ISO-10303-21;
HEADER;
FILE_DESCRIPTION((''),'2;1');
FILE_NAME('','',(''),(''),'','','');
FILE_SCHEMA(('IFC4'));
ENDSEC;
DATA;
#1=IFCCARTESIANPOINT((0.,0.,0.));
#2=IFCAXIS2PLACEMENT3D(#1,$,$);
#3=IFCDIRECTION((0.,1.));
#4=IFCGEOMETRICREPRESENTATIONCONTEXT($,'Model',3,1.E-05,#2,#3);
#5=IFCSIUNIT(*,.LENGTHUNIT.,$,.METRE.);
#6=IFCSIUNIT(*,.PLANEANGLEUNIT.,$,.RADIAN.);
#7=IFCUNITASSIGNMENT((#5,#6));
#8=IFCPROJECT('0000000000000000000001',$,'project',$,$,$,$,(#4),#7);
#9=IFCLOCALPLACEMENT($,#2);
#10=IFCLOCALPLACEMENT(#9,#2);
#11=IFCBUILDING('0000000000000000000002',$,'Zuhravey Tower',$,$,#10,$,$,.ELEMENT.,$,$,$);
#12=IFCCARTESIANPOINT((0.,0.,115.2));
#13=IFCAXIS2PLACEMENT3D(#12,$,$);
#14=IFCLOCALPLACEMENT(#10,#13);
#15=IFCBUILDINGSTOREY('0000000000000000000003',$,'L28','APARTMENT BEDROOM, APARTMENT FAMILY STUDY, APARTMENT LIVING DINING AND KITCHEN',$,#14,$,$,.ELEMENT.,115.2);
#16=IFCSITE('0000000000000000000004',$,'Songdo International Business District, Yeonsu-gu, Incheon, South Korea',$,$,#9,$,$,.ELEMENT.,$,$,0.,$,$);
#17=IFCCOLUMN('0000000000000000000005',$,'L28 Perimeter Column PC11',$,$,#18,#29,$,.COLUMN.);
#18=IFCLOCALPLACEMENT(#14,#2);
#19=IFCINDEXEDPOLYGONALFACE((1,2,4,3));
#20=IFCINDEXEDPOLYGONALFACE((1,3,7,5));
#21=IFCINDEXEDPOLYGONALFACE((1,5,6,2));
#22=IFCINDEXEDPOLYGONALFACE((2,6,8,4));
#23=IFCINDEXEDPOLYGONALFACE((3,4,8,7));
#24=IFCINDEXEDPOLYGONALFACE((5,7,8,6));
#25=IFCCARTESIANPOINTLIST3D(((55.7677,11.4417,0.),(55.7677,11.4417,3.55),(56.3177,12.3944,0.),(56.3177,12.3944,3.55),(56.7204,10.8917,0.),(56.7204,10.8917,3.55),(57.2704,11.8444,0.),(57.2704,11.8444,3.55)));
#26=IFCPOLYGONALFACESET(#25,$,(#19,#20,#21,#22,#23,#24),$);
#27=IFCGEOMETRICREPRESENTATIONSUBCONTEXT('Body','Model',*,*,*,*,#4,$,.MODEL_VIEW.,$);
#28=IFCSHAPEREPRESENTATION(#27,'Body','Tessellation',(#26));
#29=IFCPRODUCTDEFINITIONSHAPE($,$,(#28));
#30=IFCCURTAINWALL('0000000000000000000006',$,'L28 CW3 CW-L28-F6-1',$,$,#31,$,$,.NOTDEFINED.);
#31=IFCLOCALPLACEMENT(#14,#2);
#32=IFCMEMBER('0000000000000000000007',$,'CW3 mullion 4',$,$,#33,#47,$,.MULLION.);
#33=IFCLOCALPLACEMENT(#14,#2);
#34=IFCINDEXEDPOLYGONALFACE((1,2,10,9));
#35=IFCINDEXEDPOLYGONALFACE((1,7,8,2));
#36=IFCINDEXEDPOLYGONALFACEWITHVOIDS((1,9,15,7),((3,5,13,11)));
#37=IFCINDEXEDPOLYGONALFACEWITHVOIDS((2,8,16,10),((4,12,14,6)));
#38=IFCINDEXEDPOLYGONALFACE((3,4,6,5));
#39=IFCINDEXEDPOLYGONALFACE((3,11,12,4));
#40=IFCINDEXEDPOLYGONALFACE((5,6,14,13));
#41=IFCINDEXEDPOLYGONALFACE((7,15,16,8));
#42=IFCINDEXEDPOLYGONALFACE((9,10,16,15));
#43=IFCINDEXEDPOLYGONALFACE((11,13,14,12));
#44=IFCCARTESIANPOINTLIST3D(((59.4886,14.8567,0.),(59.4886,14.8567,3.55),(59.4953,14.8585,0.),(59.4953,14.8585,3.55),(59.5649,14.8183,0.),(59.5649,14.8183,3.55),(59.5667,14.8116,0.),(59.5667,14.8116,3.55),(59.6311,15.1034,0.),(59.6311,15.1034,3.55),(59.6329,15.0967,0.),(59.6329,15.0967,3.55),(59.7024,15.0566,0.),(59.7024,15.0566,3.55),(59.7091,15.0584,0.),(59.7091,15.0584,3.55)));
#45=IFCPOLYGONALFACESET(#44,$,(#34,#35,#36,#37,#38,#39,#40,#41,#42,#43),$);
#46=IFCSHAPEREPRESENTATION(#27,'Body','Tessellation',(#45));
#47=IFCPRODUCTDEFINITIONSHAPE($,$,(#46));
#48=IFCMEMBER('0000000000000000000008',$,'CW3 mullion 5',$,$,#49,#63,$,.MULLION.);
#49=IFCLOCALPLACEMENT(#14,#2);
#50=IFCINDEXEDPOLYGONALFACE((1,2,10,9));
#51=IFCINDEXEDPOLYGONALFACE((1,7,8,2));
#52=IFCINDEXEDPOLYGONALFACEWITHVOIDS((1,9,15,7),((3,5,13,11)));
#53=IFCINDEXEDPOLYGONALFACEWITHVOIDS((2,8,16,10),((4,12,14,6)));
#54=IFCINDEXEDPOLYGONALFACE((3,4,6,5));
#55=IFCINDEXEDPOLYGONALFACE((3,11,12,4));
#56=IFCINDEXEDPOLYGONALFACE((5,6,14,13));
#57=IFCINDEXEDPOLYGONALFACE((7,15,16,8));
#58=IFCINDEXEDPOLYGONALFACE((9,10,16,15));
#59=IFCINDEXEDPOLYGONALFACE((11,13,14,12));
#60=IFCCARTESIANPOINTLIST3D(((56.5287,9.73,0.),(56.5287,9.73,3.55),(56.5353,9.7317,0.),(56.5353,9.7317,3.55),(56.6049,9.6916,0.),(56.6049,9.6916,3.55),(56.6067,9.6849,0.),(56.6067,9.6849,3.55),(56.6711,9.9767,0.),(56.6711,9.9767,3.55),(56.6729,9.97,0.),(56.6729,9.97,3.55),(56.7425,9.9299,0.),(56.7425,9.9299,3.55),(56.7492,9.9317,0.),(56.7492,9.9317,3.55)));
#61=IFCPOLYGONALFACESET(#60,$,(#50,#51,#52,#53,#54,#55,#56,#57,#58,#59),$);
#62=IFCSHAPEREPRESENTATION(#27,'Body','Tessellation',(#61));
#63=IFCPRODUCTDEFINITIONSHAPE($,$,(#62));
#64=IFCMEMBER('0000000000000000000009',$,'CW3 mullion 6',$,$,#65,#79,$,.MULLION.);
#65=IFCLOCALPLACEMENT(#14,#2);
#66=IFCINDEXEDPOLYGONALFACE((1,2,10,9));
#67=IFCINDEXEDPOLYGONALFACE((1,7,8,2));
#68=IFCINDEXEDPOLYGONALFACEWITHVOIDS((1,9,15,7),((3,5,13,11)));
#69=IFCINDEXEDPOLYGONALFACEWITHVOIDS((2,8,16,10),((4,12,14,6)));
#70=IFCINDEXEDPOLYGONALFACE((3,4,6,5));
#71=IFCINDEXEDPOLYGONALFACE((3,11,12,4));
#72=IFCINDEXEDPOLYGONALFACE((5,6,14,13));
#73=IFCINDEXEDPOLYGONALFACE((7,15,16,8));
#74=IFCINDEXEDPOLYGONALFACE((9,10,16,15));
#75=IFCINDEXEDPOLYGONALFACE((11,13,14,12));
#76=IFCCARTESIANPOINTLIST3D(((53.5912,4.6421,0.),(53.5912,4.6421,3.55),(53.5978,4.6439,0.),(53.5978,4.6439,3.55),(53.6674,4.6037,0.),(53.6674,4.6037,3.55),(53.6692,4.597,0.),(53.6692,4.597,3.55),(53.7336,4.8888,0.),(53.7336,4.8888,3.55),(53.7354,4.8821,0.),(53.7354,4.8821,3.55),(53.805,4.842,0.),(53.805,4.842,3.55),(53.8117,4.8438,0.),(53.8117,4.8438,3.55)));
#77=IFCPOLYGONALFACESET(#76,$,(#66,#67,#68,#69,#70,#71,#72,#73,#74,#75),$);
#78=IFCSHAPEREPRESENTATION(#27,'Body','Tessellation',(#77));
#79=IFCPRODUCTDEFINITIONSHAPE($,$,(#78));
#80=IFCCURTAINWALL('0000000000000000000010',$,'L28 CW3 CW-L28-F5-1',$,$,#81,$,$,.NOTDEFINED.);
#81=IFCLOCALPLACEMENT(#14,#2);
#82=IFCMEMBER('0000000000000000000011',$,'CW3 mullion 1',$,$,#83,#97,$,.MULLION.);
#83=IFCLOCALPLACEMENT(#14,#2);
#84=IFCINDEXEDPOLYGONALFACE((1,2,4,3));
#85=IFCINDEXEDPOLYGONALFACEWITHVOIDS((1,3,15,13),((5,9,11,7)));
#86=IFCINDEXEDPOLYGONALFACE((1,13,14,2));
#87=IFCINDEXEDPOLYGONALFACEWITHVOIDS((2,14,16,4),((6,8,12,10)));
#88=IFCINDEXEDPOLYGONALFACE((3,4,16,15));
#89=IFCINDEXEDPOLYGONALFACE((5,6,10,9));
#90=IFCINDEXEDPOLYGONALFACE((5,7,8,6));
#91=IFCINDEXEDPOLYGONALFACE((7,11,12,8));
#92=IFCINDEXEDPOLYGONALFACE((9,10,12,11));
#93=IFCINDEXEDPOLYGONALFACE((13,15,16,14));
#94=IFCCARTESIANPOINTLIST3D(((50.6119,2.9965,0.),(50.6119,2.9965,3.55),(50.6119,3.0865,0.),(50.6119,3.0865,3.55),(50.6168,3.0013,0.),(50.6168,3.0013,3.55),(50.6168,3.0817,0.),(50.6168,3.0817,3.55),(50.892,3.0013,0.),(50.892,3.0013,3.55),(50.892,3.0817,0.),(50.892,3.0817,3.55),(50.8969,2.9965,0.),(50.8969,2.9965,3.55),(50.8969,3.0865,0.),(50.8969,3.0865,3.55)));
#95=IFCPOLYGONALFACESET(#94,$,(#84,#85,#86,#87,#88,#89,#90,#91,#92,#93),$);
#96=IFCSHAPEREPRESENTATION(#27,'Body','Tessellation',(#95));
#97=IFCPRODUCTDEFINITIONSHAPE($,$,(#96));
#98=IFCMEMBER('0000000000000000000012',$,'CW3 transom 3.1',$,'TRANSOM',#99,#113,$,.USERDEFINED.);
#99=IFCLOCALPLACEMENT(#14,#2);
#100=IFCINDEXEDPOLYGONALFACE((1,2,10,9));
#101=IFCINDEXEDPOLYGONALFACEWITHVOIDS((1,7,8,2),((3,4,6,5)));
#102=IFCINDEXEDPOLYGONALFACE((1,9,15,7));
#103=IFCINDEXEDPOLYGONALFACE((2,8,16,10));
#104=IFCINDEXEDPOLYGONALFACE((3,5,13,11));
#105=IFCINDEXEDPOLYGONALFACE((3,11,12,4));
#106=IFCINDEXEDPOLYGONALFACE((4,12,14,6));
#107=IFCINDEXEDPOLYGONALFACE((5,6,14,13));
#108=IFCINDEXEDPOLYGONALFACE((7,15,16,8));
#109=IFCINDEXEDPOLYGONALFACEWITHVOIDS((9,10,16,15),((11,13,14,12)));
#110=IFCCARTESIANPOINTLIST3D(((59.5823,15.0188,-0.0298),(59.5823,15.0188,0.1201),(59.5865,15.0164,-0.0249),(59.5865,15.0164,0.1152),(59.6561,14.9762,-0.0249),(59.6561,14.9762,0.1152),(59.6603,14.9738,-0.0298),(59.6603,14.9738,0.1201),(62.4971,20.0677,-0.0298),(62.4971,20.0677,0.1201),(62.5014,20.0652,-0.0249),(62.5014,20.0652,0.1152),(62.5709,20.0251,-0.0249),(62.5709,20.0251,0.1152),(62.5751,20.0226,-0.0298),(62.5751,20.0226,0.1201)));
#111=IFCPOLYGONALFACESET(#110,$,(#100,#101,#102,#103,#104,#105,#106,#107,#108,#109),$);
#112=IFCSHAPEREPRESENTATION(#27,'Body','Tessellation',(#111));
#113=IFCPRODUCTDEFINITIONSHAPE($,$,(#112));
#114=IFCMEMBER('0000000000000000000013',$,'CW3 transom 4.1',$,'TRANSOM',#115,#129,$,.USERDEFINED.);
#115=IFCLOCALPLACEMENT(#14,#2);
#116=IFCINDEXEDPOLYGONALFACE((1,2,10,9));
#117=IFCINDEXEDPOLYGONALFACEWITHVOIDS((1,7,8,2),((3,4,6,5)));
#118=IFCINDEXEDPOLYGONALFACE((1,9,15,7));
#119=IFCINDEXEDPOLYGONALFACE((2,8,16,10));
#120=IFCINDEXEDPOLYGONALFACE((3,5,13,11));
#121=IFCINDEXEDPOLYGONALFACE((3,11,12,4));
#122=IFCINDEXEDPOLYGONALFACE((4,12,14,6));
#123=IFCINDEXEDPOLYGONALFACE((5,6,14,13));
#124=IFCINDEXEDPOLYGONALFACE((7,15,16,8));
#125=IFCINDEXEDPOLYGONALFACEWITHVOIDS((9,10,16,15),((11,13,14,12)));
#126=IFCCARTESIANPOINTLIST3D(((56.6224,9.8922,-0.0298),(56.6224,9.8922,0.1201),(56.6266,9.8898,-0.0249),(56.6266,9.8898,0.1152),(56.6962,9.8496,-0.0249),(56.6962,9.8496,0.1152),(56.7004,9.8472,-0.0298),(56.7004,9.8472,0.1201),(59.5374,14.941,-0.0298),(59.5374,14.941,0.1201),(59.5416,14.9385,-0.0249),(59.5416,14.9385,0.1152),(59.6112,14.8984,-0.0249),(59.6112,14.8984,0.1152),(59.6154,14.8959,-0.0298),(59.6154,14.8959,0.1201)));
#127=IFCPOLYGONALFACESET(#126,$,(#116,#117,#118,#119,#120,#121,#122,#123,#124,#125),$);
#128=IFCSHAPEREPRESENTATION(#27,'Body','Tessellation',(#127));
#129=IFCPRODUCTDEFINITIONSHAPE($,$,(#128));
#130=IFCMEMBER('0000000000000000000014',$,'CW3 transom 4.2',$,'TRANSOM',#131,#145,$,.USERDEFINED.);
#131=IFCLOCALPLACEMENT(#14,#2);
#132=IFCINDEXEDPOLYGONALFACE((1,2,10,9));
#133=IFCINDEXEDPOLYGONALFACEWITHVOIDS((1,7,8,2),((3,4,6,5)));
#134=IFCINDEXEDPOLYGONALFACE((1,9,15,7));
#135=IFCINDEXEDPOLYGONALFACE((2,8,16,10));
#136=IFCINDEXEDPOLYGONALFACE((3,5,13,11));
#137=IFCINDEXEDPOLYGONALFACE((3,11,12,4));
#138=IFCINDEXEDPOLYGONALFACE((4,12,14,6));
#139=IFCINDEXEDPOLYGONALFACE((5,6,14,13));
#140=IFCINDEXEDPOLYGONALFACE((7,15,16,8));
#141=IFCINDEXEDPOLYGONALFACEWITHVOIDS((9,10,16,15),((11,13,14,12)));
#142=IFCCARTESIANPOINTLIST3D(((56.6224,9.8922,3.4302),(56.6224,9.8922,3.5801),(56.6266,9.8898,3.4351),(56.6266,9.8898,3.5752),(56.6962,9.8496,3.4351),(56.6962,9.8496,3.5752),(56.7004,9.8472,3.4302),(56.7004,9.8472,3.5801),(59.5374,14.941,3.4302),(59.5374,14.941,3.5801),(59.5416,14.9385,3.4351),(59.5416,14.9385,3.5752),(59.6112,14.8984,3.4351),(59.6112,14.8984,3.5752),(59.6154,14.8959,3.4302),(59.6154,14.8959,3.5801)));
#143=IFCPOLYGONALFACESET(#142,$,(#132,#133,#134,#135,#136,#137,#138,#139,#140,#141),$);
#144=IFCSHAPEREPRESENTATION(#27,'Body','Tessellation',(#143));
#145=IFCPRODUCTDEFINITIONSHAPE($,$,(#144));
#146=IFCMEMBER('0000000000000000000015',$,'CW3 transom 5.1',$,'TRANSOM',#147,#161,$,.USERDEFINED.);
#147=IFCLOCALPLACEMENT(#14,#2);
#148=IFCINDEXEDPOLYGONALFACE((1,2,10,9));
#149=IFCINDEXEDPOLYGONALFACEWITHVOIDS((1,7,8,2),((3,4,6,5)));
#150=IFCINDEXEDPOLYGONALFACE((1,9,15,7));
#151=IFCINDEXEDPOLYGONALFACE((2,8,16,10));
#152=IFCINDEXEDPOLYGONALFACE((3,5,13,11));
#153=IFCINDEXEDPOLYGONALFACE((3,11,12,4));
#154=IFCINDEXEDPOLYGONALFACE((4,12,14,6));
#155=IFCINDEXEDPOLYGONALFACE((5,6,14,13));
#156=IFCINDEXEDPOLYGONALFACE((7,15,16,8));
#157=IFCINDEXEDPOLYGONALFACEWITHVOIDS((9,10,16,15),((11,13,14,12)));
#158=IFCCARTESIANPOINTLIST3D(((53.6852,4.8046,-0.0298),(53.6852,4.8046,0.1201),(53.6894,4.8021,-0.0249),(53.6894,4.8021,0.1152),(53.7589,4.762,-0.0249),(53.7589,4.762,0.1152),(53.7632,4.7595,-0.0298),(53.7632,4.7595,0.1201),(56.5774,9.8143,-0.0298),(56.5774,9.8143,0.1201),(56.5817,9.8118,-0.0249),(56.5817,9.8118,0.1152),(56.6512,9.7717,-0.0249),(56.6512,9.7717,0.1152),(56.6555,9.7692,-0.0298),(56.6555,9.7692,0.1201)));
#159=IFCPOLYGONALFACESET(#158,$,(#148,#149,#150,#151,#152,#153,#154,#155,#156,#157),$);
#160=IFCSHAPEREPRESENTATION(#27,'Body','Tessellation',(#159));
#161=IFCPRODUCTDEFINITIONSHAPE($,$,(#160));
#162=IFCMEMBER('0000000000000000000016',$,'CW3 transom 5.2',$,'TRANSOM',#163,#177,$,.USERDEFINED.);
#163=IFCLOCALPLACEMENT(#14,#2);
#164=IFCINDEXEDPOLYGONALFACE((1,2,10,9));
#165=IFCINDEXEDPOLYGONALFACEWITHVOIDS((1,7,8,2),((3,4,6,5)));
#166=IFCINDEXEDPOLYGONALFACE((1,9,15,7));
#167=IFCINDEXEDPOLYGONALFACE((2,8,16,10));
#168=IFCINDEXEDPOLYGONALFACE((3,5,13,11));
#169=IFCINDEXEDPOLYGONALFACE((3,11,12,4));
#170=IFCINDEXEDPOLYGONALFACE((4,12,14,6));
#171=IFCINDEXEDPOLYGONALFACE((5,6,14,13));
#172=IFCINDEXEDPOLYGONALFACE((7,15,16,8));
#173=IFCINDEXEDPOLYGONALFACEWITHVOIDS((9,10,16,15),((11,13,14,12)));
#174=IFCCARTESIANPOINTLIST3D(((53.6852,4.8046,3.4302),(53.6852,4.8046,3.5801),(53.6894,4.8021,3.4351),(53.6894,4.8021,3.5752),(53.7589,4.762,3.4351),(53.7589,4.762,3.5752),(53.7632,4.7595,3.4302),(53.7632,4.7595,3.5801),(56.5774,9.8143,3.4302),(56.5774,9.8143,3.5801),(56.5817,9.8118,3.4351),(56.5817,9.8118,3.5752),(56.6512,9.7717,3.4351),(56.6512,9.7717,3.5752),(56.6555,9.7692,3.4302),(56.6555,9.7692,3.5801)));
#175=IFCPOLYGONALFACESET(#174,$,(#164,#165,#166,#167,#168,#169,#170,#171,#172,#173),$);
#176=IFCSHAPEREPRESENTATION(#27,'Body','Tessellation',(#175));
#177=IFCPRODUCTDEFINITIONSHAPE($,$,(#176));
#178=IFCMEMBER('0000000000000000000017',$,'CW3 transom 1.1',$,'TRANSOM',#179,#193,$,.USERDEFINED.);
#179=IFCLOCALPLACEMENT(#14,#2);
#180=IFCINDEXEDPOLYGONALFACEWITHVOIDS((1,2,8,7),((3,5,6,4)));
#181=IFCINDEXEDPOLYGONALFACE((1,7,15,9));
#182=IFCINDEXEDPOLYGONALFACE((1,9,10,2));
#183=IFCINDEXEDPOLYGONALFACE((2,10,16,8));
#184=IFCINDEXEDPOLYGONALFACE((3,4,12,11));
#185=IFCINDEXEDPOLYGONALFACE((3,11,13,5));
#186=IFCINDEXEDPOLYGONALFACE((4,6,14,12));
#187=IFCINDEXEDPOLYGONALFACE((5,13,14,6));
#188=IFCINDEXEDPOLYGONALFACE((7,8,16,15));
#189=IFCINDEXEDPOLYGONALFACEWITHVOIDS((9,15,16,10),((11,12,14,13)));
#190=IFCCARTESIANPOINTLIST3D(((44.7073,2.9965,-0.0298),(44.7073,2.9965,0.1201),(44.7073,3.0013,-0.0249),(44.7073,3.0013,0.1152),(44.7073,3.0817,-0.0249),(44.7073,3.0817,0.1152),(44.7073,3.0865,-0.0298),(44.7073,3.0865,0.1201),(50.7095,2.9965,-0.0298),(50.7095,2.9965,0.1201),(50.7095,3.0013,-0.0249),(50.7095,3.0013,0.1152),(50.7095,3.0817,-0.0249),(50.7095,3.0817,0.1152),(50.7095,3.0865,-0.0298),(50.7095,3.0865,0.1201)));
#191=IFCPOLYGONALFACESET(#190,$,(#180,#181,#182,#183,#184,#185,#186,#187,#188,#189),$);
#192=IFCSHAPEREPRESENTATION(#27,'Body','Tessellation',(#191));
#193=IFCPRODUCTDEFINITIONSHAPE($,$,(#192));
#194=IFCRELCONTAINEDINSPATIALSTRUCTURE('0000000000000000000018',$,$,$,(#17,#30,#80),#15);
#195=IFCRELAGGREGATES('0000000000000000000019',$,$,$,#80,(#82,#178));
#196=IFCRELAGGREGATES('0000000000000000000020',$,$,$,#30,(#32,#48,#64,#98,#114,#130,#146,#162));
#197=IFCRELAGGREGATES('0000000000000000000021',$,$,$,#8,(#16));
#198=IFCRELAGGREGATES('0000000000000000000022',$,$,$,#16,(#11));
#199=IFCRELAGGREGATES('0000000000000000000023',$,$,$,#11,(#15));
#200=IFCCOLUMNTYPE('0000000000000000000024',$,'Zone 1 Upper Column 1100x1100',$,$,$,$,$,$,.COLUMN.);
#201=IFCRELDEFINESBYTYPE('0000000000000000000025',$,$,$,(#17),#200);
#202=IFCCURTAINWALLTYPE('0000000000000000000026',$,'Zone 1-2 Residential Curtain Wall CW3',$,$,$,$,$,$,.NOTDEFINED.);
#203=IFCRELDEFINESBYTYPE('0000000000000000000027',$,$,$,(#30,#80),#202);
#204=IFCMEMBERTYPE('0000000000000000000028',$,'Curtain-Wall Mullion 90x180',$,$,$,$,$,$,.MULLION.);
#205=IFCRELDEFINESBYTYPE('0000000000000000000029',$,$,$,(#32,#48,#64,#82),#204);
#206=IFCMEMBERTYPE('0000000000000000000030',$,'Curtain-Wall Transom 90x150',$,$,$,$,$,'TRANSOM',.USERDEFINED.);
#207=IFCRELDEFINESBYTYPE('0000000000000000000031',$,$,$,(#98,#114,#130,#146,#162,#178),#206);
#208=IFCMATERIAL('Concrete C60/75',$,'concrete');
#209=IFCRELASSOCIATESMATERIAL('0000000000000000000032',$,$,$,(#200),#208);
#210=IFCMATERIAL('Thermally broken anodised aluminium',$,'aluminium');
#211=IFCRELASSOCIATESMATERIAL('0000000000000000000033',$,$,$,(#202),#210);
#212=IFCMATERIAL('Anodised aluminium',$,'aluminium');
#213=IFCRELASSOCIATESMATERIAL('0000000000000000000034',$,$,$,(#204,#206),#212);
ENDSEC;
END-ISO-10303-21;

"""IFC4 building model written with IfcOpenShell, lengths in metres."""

from ifc_helpers import new_model, si_unit, direction, frame, origin, origin_2d, place, context, subcontext, project, spatial, rectangle, hollow_rectangle, extrude, material, material_profile, profile_set, type_object, element, aggregate, save


model = new_model("IFC4")

# Units and contexts
model_context = context("Model", 3, precision=1e-05, world=origin(), true_north=direction((0.0, 1.0)))
body_context = subcontext(model_context, "Body", "Model", "MODEL_VIEW")
ifc_project = project(units=[si_unit("LENGTHUNIT", "METRE"), si_unit("PLANEANGLEUNIT", "RADIAN")], contexts=[model_context])

# Site, building, storey
site_placement = place(None, origin())
site = spatial("IfcSite", under=ifc_project, at=site_placement, Name="Songdo International Business District, Yeonsu-gu, Incheon, South Korea", CompositionType="ELEMENT", RefElevation=0.0)
building_placement = place(site_placement, origin())
building = spatial("IfcBuilding", under=site, at=building_placement, Name="Zuhravey Tower", CompositionType="ELEMENT")
storey_placement = place(building_placement, frame((0.0, 0.0, 115.2)))
storey = spatial("IfcBuildingStorey", under=building, at=storey_placement, Name="L28", Description="APARTMENT BEDROOM, APARTMENT FAMILY STUDY, APARTMENT LIVING DINING AND KITCHEN", CompositionType="ELEMENT", Elevation=115.2)

# Column
ifc_material_1 = material(Name="Concrete C60/75", Category="concrete")
ifc_material_profile_1 = material_profile(ifc_material_1, rectangle(XDim=1.1001, YDim=1.1001, at=origin_2d()), Name="RC-1100x1100")
ifc_profile_set_1 = profile_set([ifc_material_profile_1], Name="Concrete C60/75")
column_type = type_object("IfcColumnType", Name="Zone 1 Upper Column 1100x1100", PredefinedType="COLUMN", material=ifc_profile_set_1)
column_placement = place(storey_placement, frame((56.519, 11.6431, 0.0), z_axis=(0.0, 0.0, 1.0), x_axis=(0.5, 0.866025, 0.0)))
element("IfcColumn", 1, at=column_placement, inside=storey, type_object=column_type, Name="L28 Perimeter Column PC11", PredefinedType="COLUMN", context=body_context, shape_type="SweptSolid", body=[
    extrude(rectangle(XDim=1.1001, YDim=1.1001, at=origin_2d()), origin(), (0.0, 0.0, 1.0), 3.55),
])

# Curtain wall, members
ifc_material_2 = material(Name="Thermally broken anodised aluminium", Category="aluminium")
curtain_wall_type = type_object("IfcCurtainWallType", Name="Zone 1-2 Residential Curtain Wall CW3", PredefinedType="NOTDEFINED", material=ifc_material_2)
curtain_wall_1_placement = place(storey_placement, origin())
curtain_wall_1 = element("IfcCurtainWall", 2, at=curtain_wall_1_placement, inside=storey, type_object=curtain_wall_type, Name="L28 CW3 CW-L28-F6-1", PredefinedType="NOTDEFINED")
ifc_material_3 = material(Name="Anodised aluminium", Category="aluminium")
ifc_material_profile_2 = material_profile(ifc_material_3, hollow_rectangle(XDim=0.0901, YDim=0.2849, WallThickness=0.0049, at=origin_2d()), Name="ALU-RHS-90x285x5")
ifc_profile_set_2 = profile_set([ifc_material_profile_2], Name="Anodised aluminium")
member_type_1 = type_object("IfcMemberType", Name="Curtain-Wall Mullion 90x180", PredefinedType="MULLION", material=ifc_profile_set_2)
member_1_placement = place(storey_placement, frame((59.5989, 14.9575, 0.0), z_axis=(0.0, 0.0, 1.0), x_axis=(0.866026, -0.5, 0.0)))
member_1 = element("IfcMember", 3, at=member_1_placement, type_object=member_type_1, Name="CW3 mullion 4", PredefinedType="MULLION", context=body_context, shape_type="SweptSolid", body=[
    extrude(hollow_rectangle(XDim=0.0901, YDim=0.2849, WallThickness=0.0049, at=origin_2d()), origin(), (0.0, 0.0, 1.0), 3.55),
])
member_2_placement = place(storey_placement, frame((56.6389, 9.8308, 0.0), z_axis=(0.0, 0.0, 1.0), x_axis=(0.866026, -0.5, 0.0)))
member_2 = element("IfcMember", 4, at=member_2_placement, type_object=member_type_1, Name="CW3 mullion 5", PredefinedType="MULLION", context=body_context, shape_type="SweptSolid", body=[
    extrude(hollow_rectangle(XDim=0.0901, YDim=0.2849, WallThickness=0.0049, at=origin_2d()), origin(), (0.0, 0.0, 1.0), 3.55),
])
member_3_placement = place(storey_placement, frame((53.7014, 4.7429, 0.0), z_axis=(0.0, 0.0, 1.0), x_axis=(0.866026, -0.5, 0.0)))
member_3 = element("IfcMember", 5, at=member_3_placement, type_object=member_type_1, Name="CW3 mullion 6", PredefinedType="MULLION", context=body_context, shape_type="SweptSolid", body=[
    extrude(hollow_rectangle(XDim=0.0901, YDim=0.2849, WallThickness=0.0049, at=origin_2d()), origin(), (0.0, 0.0, 1.0), 3.55),
])

# Curtain wall, member
curtain_wall_2_placement = place(storey_placement, origin())
curtain_wall_2 = element("IfcCurtainWall", 6, at=curtain_wall_2_placement, inside=storey, type_object=curtain_wall_type, Name="L28 CW3 CW-L28-F5-1", PredefinedType="NOTDEFINED")
member_4_placement = place(storey_placement, frame((50.7544, 3.0415, 0.0), z_axis=(0.0, 0.0, 1.0), x_axis=(0.0, -1.0, 0.0)))
member_4 = element("IfcMember", 7, at=member_4_placement, type_object=member_type_1, Name="CW3 mullion 1", PredefinedType="MULLION", context=body_context, shape_type="SweptSolid", body=[
    extrude(hollow_rectangle(XDim=0.0901, YDim=0.2849, WallThickness=0.0049, at=origin_2d()), origin(), (0.0, 0.0, 1.0), 3.55),
])

# Members
ifc_material_profile_3 = material_profile(ifc_material_3, hollow_rectangle(XDim=0.0901, YDim=0.1499, WallThickness=0.0049, at=origin_2d()), Name="ALU-RHS-90x150x5")
ifc_profile_set_3 = profile_set([ifc_material_profile_3], Name="Anodised aluminium")
member_type_2 = type_object("IfcMemberType", Name="Curtain-Wall Transom 90x150", ElementType="TRANSOM", PredefinedType="USERDEFINED", material=ifc_profile_set_3)
member_5_placement = place(storey_placement, frame((62.5361, 20.0452, 0.0452), z_axis=(-0.499981, -0.866036, 0.0), x_axis=(0.866036, -0.499981, 0.0)))
member_5 = element("IfcMember", 8, at=member_5_placement, type_object=member_type_2, Name="CW3 transom 3.1", ObjectType="TRANSOM", PredefinedType="USERDEFINED", context=body_context, shape_type="SweptSolid", body=[
    extrude(hollow_rectangle(XDim=0.0901, YDim=0.1499, WallThickness=0.0049, at=origin_2d()), origin(), (0.0, 0.0, 1.0), 5.8298),
])
member_6_placement = place(storey_placement, frame((59.5764, 14.9185, 0.0452), z_axis=(-0.500012, -0.866018, 0.0), x_axis=(0.866018, -0.500012, 0.0)))
member_6 = element("IfcMember", 9, at=member_6_placement, type_object=member_type_2, Name="CW3 transom 4.1", ObjectType="TRANSOM", PredefinedType="USERDEFINED", context=body_context, shape_type="SweptSolid", body=[
    extrude(hollow_rectangle(XDim=0.0901, YDim=0.1499, WallThickness=0.0049, at=origin_2d()), origin(), (0.0, 0.0, 1.0), 5.8298),
])
member_7_placement = place(storey_placement, frame((59.5764, 14.9185, 3.5051), z_axis=(-0.500012, -0.866018, 0.0), x_axis=(0.866018, -0.500012, 0.0)))
member_7 = element("IfcMember", 10, at=member_7_placement, type_object=member_type_2, Name="CW3 transom 4.2", ObjectType="TRANSOM", PredefinedType="USERDEFINED", context=body_context, shape_type="SweptSolid", body=[
    extrude(hollow_rectangle(XDim=0.0901, YDim=0.1499, WallThickness=0.0049, at=origin_2d()), origin(), (0.0, 0.0, 1.0), 5.8298),
])
member_8_placement = place(storey_placement, frame((56.6165, 9.7917, 0.0452), z_axis=(-0.499993, -0.86603, 0.0), x_axis=(0.86603, -0.499993, 0.0)))
member_8 = element("IfcMember", 11, at=member_8_placement, type_object=member_type_2, Name="CW3 transom 5.1", ObjectType="TRANSOM", PredefinedType="USERDEFINED", context=body_context, shape_type="SweptSolid", body=[
    extrude(hollow_rectangle(XDim=0.0901, YDim=0.1499, WallThickness=0.0049, at=origin_2d()), origin(), (0.0, 0.0, 1.0), 5.7847),
])
member_9_placement = place(storey_placement, frame((56.6165, 9.7917, 3.5051), z_axis=(-0.499993, -0.86603, 0.0), x_axis=(0.86603, -0.499993, 0.0)))
member_9 = element("IfcMember", 12, at=member_9_placement, type_object=member_type_2, Name="CW3 transom 5.2", ObjectType="TRANSOM", PredefinedType="USERDEFINED", context=body_context, shape_type="SweptSolid", body=[
    extrude(hollow_rectangle(XDim=0.0901, YDim=0.1499, WallThickness=0.0049, at=origin_2d()), origin(), (0.0, 0.0, 1.0), 5.7847),
])
member_10_placement = place(storey_placement, frame((50.7095, 3.0415, 0.0452), z_axis=(-1.0, 0.0, 0.0), x_axis=(0.0, -1.0, 0.0)))
member_10 = element("IfcMember", 13, at=member_10_placement, type_object=member_type_2, Name="CW3 transom 1.1", ObjectType="TRANSOM", PredefinedType="USERDEFINED", context=body_context, shape_type="SweptSolid", body=[
    extrude(hollow_rectangle(XDim=0.0901, YDim=0.1499, WallThickness=0.0049, at=origin_2d()), origin(), (0.0, 0.0, 1.0), 6.0022),
])
aggregate(curtain_wall_2, [member_4, member_10])

aggregate(curtain_wall_1, [member_1, member_2, member_3, member_5, member_6, member_7, member_8, member_9])

save(model, "model.ifc")
